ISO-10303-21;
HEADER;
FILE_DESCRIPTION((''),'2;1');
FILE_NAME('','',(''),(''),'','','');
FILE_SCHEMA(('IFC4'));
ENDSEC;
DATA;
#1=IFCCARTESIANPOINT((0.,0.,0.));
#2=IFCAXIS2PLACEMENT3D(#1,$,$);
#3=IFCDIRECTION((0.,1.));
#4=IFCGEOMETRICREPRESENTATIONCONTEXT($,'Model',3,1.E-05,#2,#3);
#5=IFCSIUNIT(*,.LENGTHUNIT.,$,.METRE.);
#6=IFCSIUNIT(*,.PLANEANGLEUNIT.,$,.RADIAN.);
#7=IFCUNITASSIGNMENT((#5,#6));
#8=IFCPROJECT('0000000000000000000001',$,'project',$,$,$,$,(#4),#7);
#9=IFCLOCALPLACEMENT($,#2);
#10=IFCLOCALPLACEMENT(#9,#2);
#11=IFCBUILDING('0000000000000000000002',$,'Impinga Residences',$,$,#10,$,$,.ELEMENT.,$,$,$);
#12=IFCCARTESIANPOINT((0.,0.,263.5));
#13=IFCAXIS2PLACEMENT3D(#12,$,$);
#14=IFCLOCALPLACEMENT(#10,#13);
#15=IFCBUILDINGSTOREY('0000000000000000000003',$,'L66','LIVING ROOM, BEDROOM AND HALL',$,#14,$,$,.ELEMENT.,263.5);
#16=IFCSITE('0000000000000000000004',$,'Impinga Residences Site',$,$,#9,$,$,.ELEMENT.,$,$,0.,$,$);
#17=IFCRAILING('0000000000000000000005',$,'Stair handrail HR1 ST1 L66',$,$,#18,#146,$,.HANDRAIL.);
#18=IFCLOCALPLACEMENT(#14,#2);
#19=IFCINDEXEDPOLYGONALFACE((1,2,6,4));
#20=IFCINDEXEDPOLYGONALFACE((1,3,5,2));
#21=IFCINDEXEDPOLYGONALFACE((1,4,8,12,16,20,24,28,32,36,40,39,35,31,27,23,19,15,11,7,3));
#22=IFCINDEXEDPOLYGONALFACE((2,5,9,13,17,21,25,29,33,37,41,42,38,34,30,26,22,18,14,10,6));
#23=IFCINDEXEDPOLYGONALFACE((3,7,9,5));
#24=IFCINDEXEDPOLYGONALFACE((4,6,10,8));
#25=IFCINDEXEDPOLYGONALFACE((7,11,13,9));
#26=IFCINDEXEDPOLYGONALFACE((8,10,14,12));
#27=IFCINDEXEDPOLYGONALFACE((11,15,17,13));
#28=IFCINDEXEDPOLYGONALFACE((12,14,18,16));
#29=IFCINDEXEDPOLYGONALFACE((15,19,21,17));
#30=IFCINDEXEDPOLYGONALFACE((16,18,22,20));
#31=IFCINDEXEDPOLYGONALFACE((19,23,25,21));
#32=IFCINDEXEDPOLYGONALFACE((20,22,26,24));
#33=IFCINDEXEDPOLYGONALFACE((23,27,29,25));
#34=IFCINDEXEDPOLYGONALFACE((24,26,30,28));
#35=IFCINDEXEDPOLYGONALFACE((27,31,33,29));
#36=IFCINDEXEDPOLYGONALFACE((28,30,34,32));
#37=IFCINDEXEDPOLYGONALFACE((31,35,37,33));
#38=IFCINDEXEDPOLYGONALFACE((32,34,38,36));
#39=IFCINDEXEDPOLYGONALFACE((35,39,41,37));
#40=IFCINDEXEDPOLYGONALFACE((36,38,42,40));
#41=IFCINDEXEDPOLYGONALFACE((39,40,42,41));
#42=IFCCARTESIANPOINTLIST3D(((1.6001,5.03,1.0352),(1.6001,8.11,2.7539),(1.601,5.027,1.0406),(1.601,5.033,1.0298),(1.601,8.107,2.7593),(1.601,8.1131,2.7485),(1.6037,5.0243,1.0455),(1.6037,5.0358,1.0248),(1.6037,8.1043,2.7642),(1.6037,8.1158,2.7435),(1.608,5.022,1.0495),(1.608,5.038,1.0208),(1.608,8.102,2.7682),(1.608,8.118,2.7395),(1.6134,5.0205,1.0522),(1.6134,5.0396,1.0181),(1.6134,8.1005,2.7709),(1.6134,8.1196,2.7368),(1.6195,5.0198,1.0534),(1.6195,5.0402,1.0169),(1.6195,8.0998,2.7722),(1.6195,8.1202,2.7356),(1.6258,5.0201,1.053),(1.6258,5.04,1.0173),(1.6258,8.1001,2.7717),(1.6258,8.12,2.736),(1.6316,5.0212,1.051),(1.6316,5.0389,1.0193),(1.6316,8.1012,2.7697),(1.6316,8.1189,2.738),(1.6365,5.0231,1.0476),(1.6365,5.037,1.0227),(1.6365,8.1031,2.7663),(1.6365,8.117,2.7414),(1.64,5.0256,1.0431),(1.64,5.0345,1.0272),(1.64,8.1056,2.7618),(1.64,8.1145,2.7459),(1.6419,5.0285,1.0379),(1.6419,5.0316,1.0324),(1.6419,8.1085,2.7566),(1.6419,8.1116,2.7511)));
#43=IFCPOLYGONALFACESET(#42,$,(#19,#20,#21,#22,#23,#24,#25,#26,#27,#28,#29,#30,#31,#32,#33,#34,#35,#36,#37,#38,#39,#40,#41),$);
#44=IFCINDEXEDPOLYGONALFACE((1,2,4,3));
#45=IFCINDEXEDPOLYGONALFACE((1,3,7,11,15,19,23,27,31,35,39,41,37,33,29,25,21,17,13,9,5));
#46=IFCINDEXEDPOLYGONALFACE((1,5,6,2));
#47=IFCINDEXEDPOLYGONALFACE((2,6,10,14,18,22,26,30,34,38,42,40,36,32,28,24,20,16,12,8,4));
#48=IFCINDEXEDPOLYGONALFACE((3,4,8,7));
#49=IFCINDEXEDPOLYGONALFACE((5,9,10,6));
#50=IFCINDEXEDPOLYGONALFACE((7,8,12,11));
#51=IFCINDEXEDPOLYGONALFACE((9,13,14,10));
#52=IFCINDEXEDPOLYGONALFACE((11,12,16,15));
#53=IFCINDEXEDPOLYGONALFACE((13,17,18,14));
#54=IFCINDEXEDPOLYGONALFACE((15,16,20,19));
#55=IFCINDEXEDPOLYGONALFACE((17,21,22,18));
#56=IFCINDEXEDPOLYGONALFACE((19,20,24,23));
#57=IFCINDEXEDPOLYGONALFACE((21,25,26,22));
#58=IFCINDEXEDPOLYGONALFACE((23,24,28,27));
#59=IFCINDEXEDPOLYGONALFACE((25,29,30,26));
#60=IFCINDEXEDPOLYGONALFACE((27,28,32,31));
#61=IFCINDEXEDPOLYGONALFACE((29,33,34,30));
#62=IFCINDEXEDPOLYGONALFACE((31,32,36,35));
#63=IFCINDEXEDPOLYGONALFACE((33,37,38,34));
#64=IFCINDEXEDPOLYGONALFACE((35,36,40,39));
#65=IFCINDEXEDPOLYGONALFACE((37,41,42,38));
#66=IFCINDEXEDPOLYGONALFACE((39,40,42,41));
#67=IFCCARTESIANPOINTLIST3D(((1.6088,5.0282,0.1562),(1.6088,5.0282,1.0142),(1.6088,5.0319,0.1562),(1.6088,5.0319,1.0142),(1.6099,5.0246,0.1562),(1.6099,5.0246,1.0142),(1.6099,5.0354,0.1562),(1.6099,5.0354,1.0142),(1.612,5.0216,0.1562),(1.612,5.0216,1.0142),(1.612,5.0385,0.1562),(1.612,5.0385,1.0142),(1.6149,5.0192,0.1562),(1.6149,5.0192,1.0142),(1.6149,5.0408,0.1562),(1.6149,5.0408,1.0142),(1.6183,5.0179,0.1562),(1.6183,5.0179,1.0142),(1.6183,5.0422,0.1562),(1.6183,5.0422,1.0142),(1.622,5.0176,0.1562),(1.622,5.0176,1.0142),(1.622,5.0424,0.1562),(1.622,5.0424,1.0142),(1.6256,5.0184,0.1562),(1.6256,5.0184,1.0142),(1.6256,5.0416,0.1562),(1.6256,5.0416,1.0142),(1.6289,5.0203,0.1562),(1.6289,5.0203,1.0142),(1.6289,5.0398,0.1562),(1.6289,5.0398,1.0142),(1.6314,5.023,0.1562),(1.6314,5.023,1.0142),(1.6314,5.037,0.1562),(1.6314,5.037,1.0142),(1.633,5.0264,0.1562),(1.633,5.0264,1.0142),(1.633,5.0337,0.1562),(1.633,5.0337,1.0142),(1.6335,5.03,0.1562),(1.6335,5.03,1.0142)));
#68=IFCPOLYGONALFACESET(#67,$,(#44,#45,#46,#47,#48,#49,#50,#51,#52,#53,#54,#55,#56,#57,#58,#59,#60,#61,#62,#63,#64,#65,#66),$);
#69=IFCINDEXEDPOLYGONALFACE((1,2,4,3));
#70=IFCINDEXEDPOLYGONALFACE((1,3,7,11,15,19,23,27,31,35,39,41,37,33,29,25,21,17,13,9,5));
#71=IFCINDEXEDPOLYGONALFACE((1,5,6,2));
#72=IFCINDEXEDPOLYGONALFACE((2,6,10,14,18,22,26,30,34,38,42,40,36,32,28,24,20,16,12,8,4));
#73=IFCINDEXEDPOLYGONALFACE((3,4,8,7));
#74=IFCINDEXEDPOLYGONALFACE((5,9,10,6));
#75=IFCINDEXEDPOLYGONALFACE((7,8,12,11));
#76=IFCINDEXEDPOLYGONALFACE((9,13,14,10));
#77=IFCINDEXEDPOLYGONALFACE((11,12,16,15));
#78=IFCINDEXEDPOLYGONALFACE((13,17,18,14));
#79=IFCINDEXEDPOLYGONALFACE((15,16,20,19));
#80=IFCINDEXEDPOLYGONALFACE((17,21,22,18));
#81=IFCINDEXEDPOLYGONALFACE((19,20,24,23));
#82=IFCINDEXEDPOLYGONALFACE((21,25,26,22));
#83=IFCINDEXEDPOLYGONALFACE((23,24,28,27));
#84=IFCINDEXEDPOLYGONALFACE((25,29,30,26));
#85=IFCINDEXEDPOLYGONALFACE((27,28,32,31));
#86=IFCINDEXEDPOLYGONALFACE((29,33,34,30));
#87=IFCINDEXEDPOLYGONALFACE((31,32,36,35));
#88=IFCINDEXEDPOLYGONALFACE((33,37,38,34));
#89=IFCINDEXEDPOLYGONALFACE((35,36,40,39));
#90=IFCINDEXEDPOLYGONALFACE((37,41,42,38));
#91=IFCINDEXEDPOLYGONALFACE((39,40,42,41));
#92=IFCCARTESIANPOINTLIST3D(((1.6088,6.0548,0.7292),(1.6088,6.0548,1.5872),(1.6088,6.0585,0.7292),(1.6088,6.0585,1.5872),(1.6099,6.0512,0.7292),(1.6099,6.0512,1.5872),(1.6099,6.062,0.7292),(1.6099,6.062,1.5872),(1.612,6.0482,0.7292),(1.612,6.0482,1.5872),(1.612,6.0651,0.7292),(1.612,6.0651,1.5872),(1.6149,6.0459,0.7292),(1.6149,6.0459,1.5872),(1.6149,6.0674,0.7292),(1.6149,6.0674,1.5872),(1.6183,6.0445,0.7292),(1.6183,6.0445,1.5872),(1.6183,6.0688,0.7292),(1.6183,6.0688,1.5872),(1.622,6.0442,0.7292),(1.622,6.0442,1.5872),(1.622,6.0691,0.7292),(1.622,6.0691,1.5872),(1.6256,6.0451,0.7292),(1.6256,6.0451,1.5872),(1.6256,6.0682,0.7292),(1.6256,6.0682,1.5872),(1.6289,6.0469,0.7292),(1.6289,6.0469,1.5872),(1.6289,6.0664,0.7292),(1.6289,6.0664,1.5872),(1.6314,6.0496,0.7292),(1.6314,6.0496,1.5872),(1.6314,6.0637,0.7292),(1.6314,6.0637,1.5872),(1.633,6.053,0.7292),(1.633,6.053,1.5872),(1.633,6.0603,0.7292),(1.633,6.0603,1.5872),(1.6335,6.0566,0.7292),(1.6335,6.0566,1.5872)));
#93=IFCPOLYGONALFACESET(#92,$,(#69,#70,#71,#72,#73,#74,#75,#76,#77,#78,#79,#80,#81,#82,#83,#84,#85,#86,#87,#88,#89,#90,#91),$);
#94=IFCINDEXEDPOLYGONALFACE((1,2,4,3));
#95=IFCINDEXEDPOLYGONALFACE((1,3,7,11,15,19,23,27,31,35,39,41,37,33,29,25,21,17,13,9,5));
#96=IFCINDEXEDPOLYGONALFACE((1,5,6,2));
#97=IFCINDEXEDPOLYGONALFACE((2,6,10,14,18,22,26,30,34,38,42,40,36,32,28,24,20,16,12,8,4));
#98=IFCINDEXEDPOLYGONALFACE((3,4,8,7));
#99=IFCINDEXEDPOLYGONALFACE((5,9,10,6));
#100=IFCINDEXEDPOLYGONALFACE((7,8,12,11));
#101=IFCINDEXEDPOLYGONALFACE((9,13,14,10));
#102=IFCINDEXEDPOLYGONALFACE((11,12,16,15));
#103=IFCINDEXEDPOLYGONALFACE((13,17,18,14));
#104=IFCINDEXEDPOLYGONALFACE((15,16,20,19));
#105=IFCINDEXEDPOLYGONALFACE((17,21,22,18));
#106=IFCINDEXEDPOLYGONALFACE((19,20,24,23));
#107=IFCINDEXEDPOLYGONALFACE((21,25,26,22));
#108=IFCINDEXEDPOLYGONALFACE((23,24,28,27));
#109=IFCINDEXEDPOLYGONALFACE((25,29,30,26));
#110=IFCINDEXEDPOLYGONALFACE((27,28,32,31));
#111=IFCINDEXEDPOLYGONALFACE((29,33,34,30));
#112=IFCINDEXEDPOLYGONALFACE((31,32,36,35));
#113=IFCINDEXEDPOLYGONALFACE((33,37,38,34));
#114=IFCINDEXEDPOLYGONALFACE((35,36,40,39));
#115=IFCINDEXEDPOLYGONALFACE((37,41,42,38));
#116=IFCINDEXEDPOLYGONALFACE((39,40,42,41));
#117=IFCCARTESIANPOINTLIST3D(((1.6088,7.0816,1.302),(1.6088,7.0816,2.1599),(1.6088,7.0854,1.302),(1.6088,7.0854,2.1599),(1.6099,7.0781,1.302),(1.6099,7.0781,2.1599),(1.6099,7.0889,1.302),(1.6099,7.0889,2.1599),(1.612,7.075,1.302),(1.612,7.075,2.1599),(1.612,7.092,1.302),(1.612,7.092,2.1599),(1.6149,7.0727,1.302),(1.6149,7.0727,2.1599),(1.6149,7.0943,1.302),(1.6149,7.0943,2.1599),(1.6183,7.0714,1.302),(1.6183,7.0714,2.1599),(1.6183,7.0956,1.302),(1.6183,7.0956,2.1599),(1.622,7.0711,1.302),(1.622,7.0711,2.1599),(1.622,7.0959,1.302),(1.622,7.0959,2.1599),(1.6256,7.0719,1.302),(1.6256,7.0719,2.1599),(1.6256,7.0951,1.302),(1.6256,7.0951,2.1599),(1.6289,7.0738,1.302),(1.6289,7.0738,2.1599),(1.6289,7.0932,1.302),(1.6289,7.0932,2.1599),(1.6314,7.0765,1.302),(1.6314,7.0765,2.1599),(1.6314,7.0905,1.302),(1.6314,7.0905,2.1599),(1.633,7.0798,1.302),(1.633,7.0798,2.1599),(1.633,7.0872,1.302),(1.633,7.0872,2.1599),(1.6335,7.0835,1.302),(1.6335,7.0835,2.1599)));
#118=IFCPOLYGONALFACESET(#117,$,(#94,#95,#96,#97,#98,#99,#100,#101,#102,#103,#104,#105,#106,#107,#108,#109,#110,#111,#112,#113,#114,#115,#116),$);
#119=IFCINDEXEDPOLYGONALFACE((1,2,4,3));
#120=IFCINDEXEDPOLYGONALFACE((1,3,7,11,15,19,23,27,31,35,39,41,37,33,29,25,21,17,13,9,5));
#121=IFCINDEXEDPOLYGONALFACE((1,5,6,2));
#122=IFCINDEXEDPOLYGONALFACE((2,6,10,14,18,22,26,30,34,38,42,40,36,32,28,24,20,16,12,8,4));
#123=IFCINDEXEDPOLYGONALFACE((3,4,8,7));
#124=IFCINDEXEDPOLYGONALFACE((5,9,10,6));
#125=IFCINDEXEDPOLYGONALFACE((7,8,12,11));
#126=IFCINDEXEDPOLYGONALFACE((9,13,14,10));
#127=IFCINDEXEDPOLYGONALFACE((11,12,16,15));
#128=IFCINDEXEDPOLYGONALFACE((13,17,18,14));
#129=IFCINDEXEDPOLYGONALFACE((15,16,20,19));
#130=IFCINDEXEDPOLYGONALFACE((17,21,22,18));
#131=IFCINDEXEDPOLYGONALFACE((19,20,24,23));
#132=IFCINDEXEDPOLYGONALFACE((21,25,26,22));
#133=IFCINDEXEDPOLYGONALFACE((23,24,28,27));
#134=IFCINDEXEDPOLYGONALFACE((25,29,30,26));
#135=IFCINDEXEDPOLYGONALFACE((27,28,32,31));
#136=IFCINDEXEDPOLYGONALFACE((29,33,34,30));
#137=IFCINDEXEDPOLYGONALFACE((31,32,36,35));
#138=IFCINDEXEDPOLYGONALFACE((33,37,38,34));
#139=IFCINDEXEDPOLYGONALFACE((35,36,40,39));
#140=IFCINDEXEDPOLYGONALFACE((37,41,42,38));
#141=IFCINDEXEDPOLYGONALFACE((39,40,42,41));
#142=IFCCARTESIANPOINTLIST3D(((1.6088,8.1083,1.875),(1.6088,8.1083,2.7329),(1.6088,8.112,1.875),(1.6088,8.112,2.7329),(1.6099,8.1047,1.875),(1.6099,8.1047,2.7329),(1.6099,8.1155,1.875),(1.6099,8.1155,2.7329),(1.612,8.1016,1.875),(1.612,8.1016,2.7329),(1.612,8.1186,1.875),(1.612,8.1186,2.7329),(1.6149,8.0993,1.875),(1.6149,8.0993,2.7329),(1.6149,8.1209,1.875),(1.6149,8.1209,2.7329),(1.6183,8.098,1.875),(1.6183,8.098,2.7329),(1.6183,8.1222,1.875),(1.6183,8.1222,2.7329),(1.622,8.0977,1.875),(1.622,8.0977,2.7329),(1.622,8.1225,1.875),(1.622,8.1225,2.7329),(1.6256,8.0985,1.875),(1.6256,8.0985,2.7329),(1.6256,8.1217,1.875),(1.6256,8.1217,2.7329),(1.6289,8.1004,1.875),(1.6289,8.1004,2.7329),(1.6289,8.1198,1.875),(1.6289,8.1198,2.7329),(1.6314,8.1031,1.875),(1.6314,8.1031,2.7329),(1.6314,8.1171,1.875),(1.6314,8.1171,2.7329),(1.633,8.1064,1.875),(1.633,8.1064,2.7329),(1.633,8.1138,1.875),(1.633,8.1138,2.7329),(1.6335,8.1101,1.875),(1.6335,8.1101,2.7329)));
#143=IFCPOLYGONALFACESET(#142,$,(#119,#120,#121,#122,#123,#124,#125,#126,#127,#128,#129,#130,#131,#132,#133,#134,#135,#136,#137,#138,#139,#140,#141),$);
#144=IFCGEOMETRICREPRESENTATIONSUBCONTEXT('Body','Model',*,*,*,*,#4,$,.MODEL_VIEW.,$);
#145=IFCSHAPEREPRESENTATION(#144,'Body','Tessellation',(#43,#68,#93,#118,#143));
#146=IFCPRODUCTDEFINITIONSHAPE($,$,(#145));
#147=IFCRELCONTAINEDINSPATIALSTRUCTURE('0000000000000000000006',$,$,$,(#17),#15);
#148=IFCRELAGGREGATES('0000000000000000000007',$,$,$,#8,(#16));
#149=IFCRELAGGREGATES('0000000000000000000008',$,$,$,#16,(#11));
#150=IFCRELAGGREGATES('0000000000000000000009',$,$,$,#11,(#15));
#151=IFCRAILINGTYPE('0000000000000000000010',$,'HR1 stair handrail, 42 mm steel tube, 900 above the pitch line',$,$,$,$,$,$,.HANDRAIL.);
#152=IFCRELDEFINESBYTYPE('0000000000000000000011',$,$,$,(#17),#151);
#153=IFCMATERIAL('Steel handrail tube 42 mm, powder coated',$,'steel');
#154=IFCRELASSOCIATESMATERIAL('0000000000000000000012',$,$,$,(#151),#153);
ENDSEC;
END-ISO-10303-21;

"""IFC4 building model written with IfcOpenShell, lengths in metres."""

from ifc_helpers import new_model, si_unit, direction, frame, origin, origin_2d, place, context, subcontext, project, spatial, circle, extrude, material, type_object, element, save


model = new_model("IFC4")

# Units and contexts
model_context = context("Model", 3, precision=1e-05, world=origin(), true_north=direction((0.0, 1.0)))
body_context = subcontext(model_context, "Body", "Model", "MODEL_VIEW")
ifc_project = project(units=[si_unit("LENGTHUNIT", "METRE"), si_unit("PLANEANGLEUNIT", "RADIAN")], contexts=[model_context])

# Site, building, storey
site_placement = place(None, origin())
site = spatial("IfcSite", under=ifc_project, at=site_placement, Name="Impinga Residences Site", CompositionType="ELEMENT", RefElevation=0.0)
building_placement = place(site_placement, origin())
building = spatial("IfcBuilding", under=site, at=building_placement, Name="Impinga Residences", CompositionType="ELEMENT")
storey_placement = place(building_placement, frame((0.0, 0.0, 263.5)))
storey = spatial("IfcBuildingStorey", under=building, at=storey_placement, Name="L66", Description="LIVING ROOM, BEDROOM AND HALL", CompositionType="ELEMENT", Elevation=263.5)

# Railing
ifc_material_1 = material(Name="Steel handrail tube 42 mm, powder coated", Category="steel")
railing_type_1 = type_object("IfcRailingType", Name="HR1 stair handrail, 42 mm steel tube, 900 above the pitch line", PredefinedType="HANDRAIL", material=ifc_material_1)
railing_1_placement = place(storey_placement, frame((1.6211, 5.03, 0.1562)))
element("IfcRailing", 1, at=railing_1_placement, inside=storey, type_object=railing_type_1, Name="Stair handrail HR1 ST1 L66", PredefinedType="HANDRAIL", context=body_context, shape_type="SweptSolid", body=[
    extrude(circle(Radius=0.021, at=origin_2d()), frame((0.0, 0.0, 0.8789), z_axis=(0.0, 0.873242, 0.487288), x_axis=(-1.0, 0.0, 0.0)), (0.0, 0.0, 1.0), 3.5271),
    extrude(circle(Radius=0.0125, at=origin_2d()), origin(), (0.0, 0.0, 1.0), 0.8579),
    extrude(circle(Radius=0.0125, at=origin_2d()), frame((0.0, 1.0266, 0.573)), (0.0, 0.0, 1.0), 0.8579),
    extrude(circle(Radius=0.0125, at=origin_2d()), frame((0.0, 2.0535, 1.1458)), (0.0, 0.0, 1.0), 0.8579),
    extrude(circle(Radius=0.0125, at=origin_2d()), frame((0.0, 3.0801, 1.7188)), (0.0, 0.0, 1.0), 0.8579),
])

save(model, "model.ifc")
